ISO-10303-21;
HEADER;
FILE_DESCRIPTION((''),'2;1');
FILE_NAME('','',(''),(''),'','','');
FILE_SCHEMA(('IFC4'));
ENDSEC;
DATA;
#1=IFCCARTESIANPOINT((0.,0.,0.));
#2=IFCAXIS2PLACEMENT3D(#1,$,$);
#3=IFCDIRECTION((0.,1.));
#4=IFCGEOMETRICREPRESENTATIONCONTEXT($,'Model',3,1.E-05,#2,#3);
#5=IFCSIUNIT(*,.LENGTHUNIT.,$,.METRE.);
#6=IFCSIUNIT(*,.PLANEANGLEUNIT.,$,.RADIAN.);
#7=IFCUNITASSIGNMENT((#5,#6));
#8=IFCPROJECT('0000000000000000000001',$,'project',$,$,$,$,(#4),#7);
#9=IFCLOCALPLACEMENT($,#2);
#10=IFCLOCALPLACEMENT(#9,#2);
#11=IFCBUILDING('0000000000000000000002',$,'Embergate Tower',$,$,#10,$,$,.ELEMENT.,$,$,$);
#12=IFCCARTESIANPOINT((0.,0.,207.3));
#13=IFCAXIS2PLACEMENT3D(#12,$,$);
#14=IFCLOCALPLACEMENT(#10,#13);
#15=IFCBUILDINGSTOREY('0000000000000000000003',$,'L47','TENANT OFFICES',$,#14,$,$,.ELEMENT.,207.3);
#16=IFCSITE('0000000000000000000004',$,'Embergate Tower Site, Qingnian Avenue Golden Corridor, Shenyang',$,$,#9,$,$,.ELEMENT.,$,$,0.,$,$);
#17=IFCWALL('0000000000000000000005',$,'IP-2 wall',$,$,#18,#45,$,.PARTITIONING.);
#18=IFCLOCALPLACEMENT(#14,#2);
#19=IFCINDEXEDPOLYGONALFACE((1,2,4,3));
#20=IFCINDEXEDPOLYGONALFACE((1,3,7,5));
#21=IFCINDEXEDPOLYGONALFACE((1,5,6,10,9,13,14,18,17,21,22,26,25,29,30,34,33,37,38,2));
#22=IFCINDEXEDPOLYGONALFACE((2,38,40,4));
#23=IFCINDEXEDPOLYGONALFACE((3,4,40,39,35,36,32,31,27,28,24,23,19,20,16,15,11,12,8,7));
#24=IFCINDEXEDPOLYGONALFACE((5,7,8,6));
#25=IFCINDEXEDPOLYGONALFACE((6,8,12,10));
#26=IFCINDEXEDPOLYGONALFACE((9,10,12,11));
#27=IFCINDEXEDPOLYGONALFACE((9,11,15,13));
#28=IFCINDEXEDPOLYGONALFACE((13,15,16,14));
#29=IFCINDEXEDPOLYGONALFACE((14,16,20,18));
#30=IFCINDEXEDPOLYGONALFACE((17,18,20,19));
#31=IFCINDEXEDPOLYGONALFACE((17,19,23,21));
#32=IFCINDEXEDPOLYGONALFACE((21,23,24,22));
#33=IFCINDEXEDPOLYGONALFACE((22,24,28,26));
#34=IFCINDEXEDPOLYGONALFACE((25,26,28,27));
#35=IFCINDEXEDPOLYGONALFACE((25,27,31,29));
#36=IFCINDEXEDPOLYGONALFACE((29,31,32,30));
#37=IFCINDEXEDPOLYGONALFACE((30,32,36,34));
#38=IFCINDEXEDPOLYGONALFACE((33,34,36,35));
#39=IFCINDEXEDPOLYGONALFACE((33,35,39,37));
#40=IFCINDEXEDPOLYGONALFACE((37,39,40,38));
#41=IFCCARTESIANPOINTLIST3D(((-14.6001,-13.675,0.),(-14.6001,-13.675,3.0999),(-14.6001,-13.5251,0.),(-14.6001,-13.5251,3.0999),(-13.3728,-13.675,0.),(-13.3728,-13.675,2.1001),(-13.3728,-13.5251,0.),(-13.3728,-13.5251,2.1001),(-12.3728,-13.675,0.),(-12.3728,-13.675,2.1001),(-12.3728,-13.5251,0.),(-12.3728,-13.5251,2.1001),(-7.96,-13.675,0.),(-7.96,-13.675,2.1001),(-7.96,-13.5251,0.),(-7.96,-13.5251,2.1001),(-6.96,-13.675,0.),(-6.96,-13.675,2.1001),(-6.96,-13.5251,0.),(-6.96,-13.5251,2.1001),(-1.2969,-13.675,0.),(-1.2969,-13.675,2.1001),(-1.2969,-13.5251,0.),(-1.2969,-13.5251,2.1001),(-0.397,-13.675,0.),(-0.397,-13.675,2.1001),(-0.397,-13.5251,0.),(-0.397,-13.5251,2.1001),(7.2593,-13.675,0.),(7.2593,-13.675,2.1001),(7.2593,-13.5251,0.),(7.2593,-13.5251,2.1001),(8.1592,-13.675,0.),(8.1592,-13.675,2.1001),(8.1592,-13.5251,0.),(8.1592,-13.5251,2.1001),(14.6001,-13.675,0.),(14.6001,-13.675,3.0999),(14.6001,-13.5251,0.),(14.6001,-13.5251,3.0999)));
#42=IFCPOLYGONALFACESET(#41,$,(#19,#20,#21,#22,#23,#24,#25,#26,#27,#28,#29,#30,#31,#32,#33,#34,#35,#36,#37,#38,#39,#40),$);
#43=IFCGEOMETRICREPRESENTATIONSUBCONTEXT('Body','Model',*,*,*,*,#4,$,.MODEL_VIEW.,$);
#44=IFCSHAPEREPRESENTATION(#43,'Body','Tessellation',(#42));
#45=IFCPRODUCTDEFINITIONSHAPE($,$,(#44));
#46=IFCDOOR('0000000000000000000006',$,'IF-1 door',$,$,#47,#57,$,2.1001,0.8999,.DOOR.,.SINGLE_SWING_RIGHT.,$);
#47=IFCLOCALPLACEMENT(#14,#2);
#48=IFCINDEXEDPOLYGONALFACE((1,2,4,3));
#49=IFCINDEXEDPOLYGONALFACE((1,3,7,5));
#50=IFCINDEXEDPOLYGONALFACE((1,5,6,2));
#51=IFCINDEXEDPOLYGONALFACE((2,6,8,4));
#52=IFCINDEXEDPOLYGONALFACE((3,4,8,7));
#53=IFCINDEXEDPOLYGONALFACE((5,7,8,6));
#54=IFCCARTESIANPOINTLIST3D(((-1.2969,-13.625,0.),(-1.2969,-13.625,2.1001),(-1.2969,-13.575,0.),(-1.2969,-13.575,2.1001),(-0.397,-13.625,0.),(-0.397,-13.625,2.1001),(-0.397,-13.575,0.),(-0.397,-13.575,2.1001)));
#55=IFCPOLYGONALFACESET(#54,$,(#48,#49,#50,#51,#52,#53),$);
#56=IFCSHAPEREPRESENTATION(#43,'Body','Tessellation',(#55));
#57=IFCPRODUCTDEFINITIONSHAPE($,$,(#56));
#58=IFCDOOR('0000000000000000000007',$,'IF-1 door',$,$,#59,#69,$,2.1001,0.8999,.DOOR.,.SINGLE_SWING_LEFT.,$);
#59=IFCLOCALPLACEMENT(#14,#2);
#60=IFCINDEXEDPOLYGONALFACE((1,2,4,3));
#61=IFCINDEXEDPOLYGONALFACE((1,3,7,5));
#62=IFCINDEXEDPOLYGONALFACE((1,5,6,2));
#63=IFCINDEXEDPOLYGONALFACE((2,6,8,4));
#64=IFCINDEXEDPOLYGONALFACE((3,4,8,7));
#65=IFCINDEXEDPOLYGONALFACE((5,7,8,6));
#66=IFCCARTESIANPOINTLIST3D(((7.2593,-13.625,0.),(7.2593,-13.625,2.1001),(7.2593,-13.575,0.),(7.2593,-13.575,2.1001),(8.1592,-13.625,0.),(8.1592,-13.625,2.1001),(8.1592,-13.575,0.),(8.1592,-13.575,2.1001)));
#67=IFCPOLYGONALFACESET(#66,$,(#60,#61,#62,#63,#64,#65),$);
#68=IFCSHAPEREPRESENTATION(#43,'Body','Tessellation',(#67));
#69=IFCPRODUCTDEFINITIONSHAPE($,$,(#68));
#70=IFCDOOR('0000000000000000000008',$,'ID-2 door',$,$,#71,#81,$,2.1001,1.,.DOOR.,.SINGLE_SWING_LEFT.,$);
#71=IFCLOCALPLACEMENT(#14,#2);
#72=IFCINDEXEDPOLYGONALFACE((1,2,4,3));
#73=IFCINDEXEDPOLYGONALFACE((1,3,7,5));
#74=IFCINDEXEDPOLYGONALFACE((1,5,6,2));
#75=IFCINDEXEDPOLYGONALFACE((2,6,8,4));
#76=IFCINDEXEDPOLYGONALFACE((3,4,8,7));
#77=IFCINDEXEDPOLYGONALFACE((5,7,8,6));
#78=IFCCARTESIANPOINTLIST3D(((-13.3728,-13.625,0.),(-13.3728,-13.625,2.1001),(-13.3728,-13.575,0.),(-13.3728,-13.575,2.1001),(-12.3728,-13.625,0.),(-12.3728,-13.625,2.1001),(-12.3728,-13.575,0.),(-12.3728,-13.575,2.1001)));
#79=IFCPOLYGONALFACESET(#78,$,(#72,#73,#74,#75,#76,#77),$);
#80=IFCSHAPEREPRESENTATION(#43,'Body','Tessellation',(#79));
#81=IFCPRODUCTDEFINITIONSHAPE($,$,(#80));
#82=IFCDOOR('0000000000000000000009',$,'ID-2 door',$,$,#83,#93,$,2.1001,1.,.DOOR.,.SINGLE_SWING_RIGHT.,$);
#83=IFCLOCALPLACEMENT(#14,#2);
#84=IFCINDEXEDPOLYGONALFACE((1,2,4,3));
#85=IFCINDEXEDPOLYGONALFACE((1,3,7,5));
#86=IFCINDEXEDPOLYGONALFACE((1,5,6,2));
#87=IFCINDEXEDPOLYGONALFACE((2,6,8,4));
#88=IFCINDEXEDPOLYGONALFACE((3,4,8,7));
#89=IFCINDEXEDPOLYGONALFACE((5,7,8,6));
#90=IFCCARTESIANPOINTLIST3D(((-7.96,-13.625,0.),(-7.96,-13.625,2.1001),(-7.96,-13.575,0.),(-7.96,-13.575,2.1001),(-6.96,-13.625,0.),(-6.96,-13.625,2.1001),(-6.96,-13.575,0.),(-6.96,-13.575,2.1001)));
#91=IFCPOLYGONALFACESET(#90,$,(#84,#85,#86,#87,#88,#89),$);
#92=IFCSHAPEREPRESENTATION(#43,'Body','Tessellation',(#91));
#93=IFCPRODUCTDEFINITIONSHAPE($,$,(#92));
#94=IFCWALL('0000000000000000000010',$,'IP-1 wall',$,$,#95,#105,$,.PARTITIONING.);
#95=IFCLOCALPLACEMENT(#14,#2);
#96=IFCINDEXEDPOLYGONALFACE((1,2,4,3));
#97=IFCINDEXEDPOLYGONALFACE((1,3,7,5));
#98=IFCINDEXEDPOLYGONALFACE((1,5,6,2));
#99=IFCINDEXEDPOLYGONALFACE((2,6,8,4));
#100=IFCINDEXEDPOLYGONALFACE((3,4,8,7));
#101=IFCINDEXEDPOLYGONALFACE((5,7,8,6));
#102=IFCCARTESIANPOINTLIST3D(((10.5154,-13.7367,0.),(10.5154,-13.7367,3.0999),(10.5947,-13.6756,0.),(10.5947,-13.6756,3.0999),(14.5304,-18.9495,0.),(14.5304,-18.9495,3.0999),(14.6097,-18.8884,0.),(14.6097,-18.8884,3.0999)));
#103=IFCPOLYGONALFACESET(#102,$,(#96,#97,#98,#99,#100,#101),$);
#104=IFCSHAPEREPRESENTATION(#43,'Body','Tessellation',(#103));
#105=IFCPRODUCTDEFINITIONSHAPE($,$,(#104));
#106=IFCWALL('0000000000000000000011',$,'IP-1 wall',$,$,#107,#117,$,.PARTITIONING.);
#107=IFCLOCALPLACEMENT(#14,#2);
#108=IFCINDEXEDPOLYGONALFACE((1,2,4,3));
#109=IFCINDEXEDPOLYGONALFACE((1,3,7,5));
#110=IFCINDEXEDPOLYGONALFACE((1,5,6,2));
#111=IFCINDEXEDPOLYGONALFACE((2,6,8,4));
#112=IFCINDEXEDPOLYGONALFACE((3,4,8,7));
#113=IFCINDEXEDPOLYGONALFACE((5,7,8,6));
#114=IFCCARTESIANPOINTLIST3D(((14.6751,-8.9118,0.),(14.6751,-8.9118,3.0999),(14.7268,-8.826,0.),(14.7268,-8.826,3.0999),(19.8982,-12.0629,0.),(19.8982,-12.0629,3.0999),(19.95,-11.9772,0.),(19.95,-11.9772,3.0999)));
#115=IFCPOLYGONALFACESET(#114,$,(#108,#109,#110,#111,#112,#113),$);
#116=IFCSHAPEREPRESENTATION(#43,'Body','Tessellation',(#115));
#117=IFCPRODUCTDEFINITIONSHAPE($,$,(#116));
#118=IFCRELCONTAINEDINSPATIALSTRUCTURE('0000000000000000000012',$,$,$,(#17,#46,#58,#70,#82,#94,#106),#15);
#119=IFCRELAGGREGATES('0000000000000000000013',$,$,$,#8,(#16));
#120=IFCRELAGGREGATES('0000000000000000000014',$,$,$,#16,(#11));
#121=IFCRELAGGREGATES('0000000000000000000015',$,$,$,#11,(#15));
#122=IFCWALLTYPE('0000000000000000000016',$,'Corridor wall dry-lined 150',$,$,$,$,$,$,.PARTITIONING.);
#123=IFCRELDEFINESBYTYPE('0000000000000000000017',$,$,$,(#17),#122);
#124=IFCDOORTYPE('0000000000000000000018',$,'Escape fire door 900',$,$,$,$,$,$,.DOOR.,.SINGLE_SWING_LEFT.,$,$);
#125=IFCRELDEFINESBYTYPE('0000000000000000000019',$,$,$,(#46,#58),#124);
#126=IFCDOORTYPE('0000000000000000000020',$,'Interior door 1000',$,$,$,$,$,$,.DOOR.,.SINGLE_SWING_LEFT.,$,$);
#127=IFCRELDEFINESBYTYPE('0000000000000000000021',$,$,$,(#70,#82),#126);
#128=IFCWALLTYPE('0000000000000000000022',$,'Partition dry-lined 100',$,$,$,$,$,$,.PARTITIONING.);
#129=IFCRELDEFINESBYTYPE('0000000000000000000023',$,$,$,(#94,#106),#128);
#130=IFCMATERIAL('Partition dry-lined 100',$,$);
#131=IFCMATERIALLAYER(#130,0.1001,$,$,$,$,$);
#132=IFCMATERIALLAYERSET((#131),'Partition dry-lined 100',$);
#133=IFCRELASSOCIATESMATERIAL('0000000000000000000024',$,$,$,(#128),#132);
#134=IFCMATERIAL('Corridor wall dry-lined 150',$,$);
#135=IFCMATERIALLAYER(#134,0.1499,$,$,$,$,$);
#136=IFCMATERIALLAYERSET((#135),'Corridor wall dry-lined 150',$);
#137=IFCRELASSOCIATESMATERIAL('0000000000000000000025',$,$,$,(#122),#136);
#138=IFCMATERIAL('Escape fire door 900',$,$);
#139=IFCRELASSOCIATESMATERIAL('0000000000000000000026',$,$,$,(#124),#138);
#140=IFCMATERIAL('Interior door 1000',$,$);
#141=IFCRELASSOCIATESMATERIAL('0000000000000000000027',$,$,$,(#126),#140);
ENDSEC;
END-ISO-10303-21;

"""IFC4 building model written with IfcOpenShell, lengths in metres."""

from ifc_helpers import new_model, si_unit, direction, frame, frame_2d, origin, place, context, subcontext, project, spatial, rectangle, extrude, source, transform, mapped, material, layer, layer_set, type_object, element, fill, save


model = new_model("IFC4")

# Units and contexts
model_context = context("Model", 3, precision=1e-05, world=origin(), true_north=direction((0.0, 1.0)))
body_context = subcontext(model_context, "Body", "Model", "MODEL_VIEW")
ifc_project = project(units=[si_unit("LENGTHUNIT", "METRE"), si_unit("PLANEANGLEUNIT", "RADIAN")], contexts=[model_context])

# Site, building, storey
site_placement = place(None, origin())
site = spatial("IfcSite", under=ifc_project, at=site_placement, Name="Embergate Tower Site, Qingnian Avenue Golden Corridor, Shenyang", CompositionType="ELEMENT", RefElevation=0.0)
building_placement = place(site_placement, origin())
building = spatial("IfcBuilding", under=site, at=building_placement, Name="Embergate Tower", CompositionType="ELEMENT")
storey_placement = place(building_placement, frame((0.0, 0.0, 207.3)))
storey = spatial("IfcBuildingStorey", under=building, at=storey_placement, Name="L47", Description="TENANT OFFICES", CompositionType="ELEMENT", Elevation=207.3)

# Shared definitions
shared_shape_1 = source(origin(), body_context, "Body", "SweptSolid", [
    extrude(rectangle(XDim=1.0, YDim=2.1001, at=frame_2d((0.5, 1.05))), frame((0.0, 0.0249, 0.0), z_axis=(0.0, -1.0, 0.0), x_axis=(1.0, 0.0, 0.0)), (0.0, 0.0, 1.0), 0.05),
])

# Shared definitions
ifc_material_1 = material(Name="Partition dry-lined 100")
ifc_layer_1 = layer(ifc_material_1, 0.1001)
ifc_layer_set_1 = layer_set([ifc_layer_1], Name="Partition dry-lined 100")
wall_type_1 = type_object("IfcWallType", Name="Partition dry-lined 100", PredefinedType="PARTITIONING", material=ifc_layer_set_1)

# Wall, openings, doors
ifc_material_2 = material(Name="Corridor wall dry-lined 150")
ifc_layer_2 = layer(ifc_material_2, 0.1499)
ifc_layer_set_2 = layer_set([ifc_layer_2], Name="Corridor wall dry-lined 150")
wall_type_2 = type_object("IfcWallType", Name="Corridor wall dry-lined 150", PredefinedType="PARTITIONING", material=ifc_layer_set_2)
shared_shape_2 = source(origin(), body_context, "Body", "SweptSolid", [
    extrude(rectangle(XDim=29.2002, YDim=0.1499, at=frame_2d((14.6001, 0.0))), origin(), (0.0, 0.0, 1.0), 3.0999),
])
wall_1_placement = place(storey_placement, frame((14.6001, -13.6001, 0.0), z_axis=(0.0, 0.0, 1.0), x_axis=(-1.0, 0.0, 0.0)))
wall_1 = element("IfcWall", 1, at=wall_1_placement, inside=storey, type_object=wall_type_2, Name="IP-2 wall", PredefinedType="PARTITIONING", context=body_context, shape_type="MappedRepresentation", body=[
    mapped(shared_shape_2, transform((0.0, 0.0, 0.0))),
])
shared_shape_3 = source(origin(), body_context, "Body", "SweptSolid", [
    extrude(rectangle(XDim=1.0, YDim=2.1001, at=frame_2d((0.5, 1.05))), frame((0.0, 0.085, 0.0), z_axis=(0.0, -1.0, 0.0), x_axis=(1.0, 0.0, 0.0)), (0.0, 0.0, 1.0), 0.1699),
])
opening_1_placement = place(wall_1_placement, frame((26.9729, 0.0, 0.0)))
opening_1 = element("IfcOpeningElement", 2, at=opening_1_placement, cuts=wall_1, PredefinedType="OPENING", context=body_context, shape_type="MappedRepresentation", body=[
    mapped(shared_shape_3, transform((0.0, 0.0, 0.0))),
])
opening_2_placement = place(wall_1_placement, frame((21.5601, 0.0, 0.0)))
opening_2 = element("IfcOpeningElement", 3, at=opening_2_placement, cuts=wall_1, PredefinedType="OPENING", context=body_context, shape_type="MappedRepresentation", body=[
    mapped(shared_shape_3, transform((0.0, 0.0, 0.0))),
])
shared_shape_4 = source(origin(), body_context, "Body", "SweptSolid", [
    extrude(rectangle(XDim=0.8999, YDim=2.1001, at=frame_2d((0.45, 1.05))), frame((0.0, 0.085, 0.0), z_axis=(0.0, -1.0, 0.0), x_axis=(1.0, 0.0, 0.0)), (0.0, 0.0, 1.0), 0.1699),
])
opening_3_placement = place(wall_1_placement, frame((14.9971, 0.0, 0.0)))
opening_3 = element("IfcOpeningElement", 4, at=opening_3_placement, cuts=wall_1, PredefinedType="OPENING", context=body_context, shape_type="MappedRepresentation", body=[
    mapped(shared_shape_4, transform((0.0, 0.0, 0.0))),
])
opening_4_placement = place(wall_1_placement, frame((6.4409, 0.0, 0.0)))
opening_4 = element("IfcOpeningElement", 5, at=opening_4_placement, cuts=wall_1, PredefinedType="OPENING", context=body_context, shape_type="MappedRepresentation", body=[
    mapped(shared_shape_4, transform((0.0, 0.0, 0.0))),
])
ifc_material_3 = material(Name="Escape fire door 900")
door_type_1 = type_object("IfcDoorType", Name="Escape fire door 900", OperationType="SINGLE_SWING_LEFT", PredefinedType="DOOR", material=ifc_material_3)
shared_shape_5 = source(origin(), body_context, "Body", "SweptSolid", [
    extrude(rectangle(XDim=0.8999, YDim=2.1001, at=frame_2d((0.45, 1.05))), frame((0.0, 0.0249, 0.0), z_axis=(0.0, -1.0, 0.0), x_axis=(1.0, 0.0, 0.0)), (0.0, 0.0, 1.0), 0.05),
])
door_1_placement = place(opening_3_placement, origin())
door_1 = element("IfcDoor", 6, at=door_1_placement, inside=storey, type_object=door_type_1, Name="IF-1 door", OperationType="SINGLE_SWING_RIGHT", OverallHeight=2.1001, OverallWidth=0.8999, PredefinedType="DOOR", context=body_context, shape_type="MappedRepresentation", body=[
    mapped(shared_shape_5, transform((0.0, 0.0, 0.0))),
])
fill(opening_3, door_1)
door_2_placement = place(opening_4_placement, origin())
door_2 = element("IfcDoor", 7, at=door_2_placement, inside=storey, type_object=door_type_1, Name="IF-1 door", OperationType="SINGLE_SWING_LEFT", OverallHeight=2.1001, OverallWidth=0.8999, PredefinedType="DOOR", context=body_context, shape_type="MappedRepresentation", body=[
    mapped(shared_shape_5, transform((0.0, 0.0, 0.0))),
])
fill(opening_4, door_2)
ifc_material_4 = material(Name="Interior door 1000")
door_type_2 = type_object("IfcDoorType", Name="Interior door 1000", OperationType="SINGLE_SWING_LEFT", PredefinedType="DOOR", material=ifc_material_4)
door_3_placement = place(opening_1_placement, origin())
door_3 = element("IfcDoor", 8, at=door_3_placement, inside=storey, type_object=door_type_2, Name="ID-2 door", OperationType="SINGLE_SWING_LEFT", OverallHeight=2.1001, OverallWidth=1.0, PredefinedType="DOOR", context=body_context, shape_type="MappedRepresentation", body=[
    mapped(shared_shape_1, transform((0.0, 0.0, 0.0))),
])
fill(opening_1, door_3)
door_4_placement = place(opening_2_placement, origin())
door_4 = element("IfcDoor", 9, at=door_4_placement, inside=storey, type_object=door_type_2, Name="ID-2 door", OperationType="SINGLE_SWING_RIGHT", OverallHeight=2.1001, OverallWidth=1.0, PredefinedType="DOOR", context=body_context, shape_type="MappedRepresentation", body=[
    mapped(shared_shape_1, transform((0.0, 0.0, 0.0))),
])
fill(opening_2, door_4)

# Walls
shared_shape_6 = source(origin(), body_context, "Body", "SweptSolid", [
    extrude(rectangle(XDim=6.5798, YDim=0.1001, at=frame_2d((3.29, 0.0))), origin(), (0.0, 0.0, 1.0), 3.0999),
])
wall_2_placement = place(storey_placement, frame((10.5549, -13.7061, 0.0), z_axis=(0.0, 0.0, 1.0), x_axis=(0.610209, -0.79224, 0.0)))
element("IfcWall", 10, at=wall_2_placement, inside=storey, type_object=wall_type_1, Name="IP-1 wall", PredefinedType="PARTITIONING", context=body_context, shape_type="MappedRepresentation", body=[
    mapped(shared_shape_6, transform((0.0, 0.0, 0.0))),
])
shared_shape_7 = source(origin(), body_context, "Body", "SweptSolid", [
    extrude(rectangle(XDim=6.1001, YDim=0.1001, at=frame_2d((3.05, 0.0))), origin(), (0.0, 0.0, 1.0), 3.0999),
])
wall_3_placement = place(storey_placement, frame((14.7009, -8.8689, 0.0), z_axis=(0.0, 0.0, 1.0), x_axis=(0.856244, -0.516572, 0.0)))
element("IfcWall", 11, at=wall_3_placement, inside=storey, type_object=wall_type_1, Name="IP-1 wall", PredefinedType="PARTITIONING", context=body_context, shape_type="MappedRepresentation", body=[
    mapped(shared_shape_7, transform((0.0, 0.0, 0.0))),
])

save(model, "model.ifc")
